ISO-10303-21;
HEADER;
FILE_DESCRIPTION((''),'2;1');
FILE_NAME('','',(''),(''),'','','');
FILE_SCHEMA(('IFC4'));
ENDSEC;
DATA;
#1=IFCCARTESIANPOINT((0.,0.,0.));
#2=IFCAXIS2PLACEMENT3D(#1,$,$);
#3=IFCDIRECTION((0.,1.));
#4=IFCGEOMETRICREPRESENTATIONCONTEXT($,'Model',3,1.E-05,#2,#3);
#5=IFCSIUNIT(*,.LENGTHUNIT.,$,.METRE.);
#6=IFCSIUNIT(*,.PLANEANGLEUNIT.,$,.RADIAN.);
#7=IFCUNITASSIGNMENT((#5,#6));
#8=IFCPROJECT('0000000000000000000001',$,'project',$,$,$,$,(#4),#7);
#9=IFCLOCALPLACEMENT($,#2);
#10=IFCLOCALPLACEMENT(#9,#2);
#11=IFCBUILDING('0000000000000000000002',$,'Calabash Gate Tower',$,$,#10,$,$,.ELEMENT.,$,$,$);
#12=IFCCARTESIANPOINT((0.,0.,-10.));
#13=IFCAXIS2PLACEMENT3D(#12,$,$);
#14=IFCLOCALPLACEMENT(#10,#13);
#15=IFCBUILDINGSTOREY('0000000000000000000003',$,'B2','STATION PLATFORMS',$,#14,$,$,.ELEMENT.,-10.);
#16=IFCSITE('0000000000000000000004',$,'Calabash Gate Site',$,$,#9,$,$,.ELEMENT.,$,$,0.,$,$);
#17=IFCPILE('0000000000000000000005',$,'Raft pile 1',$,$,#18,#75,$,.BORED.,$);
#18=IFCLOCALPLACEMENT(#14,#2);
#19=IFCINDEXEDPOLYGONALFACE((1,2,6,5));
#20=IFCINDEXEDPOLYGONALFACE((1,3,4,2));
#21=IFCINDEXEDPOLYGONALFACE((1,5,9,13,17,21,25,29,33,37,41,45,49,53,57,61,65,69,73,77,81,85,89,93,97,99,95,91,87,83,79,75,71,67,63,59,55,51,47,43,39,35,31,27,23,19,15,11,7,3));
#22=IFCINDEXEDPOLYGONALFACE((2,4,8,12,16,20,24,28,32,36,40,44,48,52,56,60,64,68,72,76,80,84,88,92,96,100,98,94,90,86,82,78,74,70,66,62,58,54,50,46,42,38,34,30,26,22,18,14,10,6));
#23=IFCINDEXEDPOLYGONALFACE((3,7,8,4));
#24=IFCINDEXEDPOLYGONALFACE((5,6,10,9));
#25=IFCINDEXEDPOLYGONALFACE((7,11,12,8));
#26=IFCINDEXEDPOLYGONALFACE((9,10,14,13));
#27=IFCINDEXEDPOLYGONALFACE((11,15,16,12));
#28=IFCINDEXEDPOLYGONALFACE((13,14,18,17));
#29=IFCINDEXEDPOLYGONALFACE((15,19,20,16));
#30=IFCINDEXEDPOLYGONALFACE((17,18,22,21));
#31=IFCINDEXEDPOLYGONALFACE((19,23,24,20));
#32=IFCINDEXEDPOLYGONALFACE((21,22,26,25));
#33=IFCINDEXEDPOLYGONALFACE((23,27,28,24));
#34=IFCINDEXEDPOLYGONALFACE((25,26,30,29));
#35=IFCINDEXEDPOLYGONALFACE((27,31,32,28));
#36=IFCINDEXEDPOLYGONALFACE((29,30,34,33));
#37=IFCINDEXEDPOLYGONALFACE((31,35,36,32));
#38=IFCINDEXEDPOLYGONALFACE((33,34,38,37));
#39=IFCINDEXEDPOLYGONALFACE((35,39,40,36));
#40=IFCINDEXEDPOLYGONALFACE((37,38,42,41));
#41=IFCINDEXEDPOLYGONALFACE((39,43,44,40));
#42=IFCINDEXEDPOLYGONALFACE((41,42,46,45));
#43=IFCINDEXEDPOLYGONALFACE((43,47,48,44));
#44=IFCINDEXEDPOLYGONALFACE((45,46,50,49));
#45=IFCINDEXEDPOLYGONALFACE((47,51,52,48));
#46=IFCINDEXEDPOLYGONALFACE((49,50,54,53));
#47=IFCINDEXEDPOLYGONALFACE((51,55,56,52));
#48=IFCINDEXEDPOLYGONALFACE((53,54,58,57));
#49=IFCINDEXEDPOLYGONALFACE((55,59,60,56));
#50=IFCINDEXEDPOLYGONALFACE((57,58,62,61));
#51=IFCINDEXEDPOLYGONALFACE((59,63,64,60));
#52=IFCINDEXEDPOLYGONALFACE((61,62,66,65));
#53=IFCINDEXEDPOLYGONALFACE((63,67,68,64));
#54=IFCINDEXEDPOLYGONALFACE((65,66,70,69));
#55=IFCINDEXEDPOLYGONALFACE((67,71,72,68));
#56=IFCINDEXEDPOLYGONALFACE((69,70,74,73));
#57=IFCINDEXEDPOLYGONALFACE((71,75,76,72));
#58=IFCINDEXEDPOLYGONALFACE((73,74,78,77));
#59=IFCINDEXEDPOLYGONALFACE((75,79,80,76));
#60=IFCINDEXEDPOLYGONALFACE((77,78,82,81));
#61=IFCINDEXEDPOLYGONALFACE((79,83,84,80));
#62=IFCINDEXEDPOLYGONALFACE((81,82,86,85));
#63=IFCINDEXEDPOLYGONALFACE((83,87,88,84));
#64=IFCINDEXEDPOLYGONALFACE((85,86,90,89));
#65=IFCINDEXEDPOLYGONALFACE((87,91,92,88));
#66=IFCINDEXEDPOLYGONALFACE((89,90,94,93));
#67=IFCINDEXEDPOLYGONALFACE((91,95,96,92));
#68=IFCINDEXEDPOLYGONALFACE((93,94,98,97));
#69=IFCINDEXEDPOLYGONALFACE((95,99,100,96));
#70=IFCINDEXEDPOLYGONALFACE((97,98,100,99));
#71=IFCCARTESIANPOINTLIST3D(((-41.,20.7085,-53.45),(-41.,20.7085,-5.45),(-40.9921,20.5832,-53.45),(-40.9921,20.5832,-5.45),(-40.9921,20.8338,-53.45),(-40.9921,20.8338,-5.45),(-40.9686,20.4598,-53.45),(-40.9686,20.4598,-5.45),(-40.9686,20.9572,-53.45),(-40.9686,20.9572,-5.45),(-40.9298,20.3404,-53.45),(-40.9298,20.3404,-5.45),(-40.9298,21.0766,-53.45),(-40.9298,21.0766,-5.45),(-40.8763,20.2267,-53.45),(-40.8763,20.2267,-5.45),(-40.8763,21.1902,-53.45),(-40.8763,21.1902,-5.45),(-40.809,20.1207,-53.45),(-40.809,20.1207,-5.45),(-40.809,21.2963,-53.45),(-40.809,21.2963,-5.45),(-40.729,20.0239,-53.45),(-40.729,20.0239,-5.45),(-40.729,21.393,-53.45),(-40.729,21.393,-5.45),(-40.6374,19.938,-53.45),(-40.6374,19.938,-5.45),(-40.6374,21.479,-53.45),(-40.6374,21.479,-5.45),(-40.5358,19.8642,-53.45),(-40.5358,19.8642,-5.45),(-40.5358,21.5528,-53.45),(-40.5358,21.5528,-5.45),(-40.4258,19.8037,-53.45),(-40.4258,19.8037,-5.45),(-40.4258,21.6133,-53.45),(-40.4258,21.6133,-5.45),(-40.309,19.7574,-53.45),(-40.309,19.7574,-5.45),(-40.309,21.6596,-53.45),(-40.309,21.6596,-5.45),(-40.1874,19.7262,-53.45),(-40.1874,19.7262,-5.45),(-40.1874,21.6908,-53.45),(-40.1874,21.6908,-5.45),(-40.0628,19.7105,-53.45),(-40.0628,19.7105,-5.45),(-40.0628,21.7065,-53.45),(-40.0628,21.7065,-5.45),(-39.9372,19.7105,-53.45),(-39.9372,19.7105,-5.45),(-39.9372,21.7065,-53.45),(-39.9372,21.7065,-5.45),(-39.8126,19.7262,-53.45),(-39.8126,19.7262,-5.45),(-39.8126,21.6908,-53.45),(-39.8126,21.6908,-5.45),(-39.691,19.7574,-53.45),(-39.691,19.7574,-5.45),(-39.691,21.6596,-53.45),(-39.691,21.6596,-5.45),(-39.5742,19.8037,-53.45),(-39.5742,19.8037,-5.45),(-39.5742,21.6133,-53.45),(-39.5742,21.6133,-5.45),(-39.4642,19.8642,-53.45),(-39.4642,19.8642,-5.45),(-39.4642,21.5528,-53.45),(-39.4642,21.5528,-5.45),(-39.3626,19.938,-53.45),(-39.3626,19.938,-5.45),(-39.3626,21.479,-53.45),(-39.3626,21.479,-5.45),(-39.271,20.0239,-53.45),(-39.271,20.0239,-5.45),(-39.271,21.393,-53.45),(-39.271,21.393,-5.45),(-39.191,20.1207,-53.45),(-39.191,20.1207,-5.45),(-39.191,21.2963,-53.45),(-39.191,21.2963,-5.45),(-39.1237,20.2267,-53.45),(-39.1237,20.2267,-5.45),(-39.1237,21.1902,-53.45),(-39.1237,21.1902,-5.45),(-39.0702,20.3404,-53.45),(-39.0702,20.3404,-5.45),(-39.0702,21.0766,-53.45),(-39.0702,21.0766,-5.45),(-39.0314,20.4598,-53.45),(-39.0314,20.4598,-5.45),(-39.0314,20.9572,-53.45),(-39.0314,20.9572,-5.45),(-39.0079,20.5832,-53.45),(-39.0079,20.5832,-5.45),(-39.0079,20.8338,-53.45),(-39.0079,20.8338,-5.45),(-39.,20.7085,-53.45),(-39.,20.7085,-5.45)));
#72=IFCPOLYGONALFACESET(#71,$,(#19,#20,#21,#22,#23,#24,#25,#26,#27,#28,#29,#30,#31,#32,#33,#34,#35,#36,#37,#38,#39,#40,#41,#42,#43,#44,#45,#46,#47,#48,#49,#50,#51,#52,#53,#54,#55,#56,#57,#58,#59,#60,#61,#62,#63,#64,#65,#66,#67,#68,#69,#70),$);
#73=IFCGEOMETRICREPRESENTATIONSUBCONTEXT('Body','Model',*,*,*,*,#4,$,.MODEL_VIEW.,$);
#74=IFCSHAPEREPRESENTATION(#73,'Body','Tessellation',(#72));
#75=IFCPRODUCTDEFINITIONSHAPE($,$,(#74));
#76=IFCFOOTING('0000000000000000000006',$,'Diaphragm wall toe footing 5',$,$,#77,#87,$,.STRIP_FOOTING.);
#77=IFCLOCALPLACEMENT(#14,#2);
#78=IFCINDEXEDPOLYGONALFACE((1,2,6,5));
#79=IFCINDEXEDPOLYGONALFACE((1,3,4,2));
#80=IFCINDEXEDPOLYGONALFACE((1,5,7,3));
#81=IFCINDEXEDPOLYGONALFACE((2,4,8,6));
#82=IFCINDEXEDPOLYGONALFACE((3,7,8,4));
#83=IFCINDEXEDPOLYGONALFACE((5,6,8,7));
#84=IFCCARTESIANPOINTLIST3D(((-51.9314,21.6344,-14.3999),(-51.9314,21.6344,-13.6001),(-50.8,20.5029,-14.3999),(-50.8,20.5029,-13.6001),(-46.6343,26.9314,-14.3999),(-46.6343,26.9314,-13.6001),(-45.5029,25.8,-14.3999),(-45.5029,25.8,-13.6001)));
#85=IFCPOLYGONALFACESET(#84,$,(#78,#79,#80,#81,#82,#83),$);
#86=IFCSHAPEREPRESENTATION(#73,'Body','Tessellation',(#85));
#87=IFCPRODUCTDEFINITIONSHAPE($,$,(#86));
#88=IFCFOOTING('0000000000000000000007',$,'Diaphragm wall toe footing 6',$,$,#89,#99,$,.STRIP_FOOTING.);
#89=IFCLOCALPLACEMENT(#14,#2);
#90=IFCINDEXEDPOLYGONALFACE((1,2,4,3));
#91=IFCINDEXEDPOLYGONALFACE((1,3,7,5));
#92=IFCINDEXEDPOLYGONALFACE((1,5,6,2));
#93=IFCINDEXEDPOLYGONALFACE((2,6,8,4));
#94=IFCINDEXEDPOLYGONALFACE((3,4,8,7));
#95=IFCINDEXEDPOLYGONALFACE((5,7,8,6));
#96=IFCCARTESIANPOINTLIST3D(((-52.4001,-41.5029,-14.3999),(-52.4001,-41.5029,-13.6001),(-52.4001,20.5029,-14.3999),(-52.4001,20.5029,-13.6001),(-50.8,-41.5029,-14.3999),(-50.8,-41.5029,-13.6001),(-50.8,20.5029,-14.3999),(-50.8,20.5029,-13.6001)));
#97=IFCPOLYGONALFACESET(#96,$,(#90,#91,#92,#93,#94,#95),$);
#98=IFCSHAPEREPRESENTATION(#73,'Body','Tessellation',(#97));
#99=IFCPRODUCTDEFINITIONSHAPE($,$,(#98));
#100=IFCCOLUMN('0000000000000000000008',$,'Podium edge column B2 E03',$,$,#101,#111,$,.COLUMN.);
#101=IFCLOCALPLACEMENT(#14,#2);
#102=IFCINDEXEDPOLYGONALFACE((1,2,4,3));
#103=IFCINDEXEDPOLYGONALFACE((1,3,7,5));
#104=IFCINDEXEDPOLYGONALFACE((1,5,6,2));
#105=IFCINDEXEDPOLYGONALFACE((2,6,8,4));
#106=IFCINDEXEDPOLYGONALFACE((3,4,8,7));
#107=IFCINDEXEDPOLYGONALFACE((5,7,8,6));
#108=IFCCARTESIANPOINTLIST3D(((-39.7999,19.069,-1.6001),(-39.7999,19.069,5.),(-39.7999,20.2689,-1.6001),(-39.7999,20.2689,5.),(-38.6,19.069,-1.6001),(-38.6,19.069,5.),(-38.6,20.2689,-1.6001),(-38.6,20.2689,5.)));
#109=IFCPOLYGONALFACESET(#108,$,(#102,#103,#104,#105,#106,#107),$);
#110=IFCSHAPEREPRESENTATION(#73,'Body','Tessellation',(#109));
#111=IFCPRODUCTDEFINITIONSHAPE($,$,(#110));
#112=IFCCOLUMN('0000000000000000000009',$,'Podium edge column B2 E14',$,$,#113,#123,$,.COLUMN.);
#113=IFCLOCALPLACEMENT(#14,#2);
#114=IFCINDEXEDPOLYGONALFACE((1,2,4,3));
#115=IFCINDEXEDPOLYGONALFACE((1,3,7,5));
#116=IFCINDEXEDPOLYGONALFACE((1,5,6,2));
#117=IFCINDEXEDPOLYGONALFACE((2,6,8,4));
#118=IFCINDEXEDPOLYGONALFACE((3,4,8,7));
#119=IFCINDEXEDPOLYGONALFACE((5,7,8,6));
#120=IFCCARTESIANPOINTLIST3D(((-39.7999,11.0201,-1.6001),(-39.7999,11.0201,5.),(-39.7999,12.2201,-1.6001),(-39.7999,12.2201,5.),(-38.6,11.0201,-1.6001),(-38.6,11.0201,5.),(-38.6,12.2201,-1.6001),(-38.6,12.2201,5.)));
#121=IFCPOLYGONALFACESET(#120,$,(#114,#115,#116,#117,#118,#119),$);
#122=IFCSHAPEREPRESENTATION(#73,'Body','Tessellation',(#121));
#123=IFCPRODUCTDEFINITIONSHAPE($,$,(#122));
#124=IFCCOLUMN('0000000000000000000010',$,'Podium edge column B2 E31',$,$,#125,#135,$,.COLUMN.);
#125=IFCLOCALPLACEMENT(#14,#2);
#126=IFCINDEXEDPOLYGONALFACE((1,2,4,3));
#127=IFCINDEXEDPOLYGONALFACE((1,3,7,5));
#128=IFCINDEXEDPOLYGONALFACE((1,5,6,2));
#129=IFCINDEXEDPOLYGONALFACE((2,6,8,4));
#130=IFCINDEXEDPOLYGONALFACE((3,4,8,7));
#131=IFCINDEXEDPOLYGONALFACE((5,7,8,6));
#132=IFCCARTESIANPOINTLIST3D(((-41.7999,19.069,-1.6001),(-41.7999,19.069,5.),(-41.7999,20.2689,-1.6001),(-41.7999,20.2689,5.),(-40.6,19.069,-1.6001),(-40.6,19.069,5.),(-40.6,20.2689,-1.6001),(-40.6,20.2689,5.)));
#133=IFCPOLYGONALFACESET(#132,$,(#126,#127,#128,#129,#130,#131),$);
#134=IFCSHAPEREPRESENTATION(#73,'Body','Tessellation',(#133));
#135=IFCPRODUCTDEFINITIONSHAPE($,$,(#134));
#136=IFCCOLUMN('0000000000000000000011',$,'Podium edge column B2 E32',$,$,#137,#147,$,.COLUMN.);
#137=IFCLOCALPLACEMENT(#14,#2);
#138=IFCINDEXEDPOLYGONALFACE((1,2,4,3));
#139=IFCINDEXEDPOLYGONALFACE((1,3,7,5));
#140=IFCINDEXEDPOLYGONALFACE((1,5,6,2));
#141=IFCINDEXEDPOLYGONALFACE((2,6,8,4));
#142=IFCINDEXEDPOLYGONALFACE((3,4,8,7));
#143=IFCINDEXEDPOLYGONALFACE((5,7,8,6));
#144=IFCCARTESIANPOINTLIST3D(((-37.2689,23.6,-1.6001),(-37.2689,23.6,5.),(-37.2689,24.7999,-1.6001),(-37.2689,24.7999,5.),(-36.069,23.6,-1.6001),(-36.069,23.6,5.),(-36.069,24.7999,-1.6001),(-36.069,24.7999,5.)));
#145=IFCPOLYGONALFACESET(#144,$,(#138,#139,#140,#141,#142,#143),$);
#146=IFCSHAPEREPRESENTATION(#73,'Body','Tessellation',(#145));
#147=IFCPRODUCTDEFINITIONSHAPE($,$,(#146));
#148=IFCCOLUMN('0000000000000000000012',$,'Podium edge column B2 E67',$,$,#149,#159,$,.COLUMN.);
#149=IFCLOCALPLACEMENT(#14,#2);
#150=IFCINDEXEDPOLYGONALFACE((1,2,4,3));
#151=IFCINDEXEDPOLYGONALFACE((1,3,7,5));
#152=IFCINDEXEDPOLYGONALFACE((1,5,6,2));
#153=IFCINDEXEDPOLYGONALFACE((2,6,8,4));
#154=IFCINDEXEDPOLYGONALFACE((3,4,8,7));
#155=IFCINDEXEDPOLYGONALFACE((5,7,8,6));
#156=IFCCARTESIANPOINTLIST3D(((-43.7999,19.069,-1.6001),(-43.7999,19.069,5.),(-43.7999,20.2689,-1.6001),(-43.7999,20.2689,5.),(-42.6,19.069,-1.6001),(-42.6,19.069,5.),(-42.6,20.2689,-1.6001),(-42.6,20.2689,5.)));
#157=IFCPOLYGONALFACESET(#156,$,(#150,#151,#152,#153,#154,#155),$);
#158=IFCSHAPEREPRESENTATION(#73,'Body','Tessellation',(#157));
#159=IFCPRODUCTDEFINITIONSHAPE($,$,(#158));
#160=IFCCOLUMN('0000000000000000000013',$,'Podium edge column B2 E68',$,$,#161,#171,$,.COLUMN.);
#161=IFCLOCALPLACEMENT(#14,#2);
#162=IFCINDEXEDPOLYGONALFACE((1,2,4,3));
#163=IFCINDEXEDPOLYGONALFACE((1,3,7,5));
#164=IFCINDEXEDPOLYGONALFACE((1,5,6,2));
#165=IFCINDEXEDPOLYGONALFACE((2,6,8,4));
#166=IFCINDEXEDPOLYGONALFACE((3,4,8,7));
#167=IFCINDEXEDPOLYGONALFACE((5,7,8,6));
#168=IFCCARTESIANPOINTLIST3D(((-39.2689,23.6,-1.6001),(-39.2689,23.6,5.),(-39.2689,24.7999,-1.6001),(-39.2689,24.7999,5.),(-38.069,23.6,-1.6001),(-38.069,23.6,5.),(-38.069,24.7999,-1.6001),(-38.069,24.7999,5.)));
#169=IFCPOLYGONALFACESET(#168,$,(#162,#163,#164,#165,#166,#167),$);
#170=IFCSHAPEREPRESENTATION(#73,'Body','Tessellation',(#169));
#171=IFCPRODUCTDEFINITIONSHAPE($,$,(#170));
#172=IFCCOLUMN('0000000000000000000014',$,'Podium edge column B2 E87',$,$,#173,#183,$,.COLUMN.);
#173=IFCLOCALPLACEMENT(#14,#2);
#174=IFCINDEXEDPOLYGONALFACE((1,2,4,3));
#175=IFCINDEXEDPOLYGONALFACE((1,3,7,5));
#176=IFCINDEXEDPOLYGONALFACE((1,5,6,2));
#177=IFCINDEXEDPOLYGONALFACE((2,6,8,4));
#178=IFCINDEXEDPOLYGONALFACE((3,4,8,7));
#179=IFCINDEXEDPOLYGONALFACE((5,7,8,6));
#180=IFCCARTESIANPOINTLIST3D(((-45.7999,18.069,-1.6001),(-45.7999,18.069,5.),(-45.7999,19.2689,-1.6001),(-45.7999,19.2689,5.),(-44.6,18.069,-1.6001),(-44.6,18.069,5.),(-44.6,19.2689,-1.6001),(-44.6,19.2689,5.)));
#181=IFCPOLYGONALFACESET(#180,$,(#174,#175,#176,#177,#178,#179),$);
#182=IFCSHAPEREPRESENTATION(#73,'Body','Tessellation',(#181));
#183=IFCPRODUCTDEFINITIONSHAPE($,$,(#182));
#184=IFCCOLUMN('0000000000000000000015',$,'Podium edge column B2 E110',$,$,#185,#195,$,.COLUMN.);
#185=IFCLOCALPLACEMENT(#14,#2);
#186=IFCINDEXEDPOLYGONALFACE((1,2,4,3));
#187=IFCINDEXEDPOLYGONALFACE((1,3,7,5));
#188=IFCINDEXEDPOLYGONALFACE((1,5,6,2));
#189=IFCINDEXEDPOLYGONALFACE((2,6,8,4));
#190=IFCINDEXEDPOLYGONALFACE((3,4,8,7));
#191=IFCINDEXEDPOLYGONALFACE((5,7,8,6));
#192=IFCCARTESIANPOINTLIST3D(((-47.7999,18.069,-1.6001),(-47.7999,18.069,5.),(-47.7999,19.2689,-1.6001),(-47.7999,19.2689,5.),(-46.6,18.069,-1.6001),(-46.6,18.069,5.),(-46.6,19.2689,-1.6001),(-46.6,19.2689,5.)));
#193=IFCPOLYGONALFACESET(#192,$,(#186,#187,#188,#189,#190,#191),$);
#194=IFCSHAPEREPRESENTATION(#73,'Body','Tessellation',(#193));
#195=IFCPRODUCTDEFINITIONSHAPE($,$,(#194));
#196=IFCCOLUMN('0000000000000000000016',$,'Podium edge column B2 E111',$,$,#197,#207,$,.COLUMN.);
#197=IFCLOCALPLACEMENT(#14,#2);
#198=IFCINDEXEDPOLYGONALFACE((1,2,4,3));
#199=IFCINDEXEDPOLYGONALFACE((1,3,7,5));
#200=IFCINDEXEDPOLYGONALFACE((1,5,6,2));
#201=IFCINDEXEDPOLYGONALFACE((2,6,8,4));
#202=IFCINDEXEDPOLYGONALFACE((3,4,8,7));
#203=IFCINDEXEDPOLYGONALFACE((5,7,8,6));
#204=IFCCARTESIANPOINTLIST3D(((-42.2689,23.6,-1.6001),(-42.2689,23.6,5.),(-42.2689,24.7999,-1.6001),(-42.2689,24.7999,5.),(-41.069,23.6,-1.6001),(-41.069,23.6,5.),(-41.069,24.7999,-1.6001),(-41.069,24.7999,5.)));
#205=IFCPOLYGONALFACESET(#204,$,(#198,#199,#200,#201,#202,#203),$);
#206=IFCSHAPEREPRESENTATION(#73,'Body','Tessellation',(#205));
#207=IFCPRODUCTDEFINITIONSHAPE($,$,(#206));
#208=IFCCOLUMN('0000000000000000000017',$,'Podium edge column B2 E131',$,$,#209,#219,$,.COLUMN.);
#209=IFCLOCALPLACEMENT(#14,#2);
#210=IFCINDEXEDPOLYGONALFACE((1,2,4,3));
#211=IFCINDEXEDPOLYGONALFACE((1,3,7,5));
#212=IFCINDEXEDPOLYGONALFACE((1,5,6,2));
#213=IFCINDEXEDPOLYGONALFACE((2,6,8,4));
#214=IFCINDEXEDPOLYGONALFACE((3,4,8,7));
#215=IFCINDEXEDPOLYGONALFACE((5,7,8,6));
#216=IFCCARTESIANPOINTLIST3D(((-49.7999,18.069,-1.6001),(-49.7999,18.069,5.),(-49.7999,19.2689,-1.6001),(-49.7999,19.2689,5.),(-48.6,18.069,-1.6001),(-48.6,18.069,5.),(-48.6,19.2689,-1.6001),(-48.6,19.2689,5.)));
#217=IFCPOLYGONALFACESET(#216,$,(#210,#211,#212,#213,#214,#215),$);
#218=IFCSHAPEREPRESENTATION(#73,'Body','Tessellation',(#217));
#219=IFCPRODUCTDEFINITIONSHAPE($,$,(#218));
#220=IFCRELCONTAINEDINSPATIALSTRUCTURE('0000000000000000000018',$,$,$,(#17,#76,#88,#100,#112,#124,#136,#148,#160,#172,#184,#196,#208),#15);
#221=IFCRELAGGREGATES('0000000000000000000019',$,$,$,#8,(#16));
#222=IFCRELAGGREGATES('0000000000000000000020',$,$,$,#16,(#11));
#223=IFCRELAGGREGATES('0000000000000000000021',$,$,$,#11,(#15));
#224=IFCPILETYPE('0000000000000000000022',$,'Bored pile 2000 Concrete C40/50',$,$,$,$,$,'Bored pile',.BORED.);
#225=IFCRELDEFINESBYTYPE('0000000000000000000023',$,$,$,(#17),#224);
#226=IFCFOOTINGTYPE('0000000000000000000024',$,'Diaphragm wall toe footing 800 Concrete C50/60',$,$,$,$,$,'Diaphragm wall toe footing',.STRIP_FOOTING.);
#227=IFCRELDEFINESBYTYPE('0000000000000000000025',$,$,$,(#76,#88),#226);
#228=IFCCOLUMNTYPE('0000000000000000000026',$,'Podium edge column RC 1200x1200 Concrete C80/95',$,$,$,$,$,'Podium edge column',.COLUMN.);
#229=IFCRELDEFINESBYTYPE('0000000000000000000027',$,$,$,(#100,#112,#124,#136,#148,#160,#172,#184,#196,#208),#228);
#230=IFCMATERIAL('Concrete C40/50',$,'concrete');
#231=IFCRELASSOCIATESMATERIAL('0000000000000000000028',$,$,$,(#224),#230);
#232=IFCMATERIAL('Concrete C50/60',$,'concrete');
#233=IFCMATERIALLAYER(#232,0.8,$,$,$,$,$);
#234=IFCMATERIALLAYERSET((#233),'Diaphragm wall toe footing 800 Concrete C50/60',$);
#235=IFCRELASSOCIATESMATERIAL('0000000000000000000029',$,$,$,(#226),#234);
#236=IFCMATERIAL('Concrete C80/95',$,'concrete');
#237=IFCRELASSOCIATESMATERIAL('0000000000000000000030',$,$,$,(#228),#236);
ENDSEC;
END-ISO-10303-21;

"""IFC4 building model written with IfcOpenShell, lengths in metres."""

from ifc_helpers import new_model, si_unit, direction, frame, frame_2d, origin, origin_2d, place, context, subcontext, project, spatial, rectangle, circle, extrude, material, layer, layer_set, material_profile, profile_set, type_object, element, save


model = new_model("IFC4")

# Units and contexts
model_context = context("Model", 3, precision=1e-05, world=origin(), true_north=direction((0.0, 1.0)))
body_context = subcontext(model_context, "Body", "Model", "MODEL_VIEW")
ifc_project = project(units=[si_unit("LENGTHUNIT", "METRE"), si_unit("PLANEANGLEUNIT", "RADIAN")], contexts=[model_context])

# Site, building, storey
site_placement = place(None, origin())
site = spatial("IfcSite", under=ifc_project, at=site_placement, Name="Calabash Gate Site", CompositionType="ELEMENT", RefElevation=0.0)
building_placement = place(site_placement, origin())
building = spatial("IfcBuilding", under=site, at=building_placement, Name="Calabash Gate Tower", CompositionType="ELEMENT")
storey_placement = place(building_placement, frame((0.0, 0.0, -10.0)))
storey = spatial("IfcBuildingStorey", under=building, at=storey_placement, Name="B2", Description="STATION PLATFORMS", CompositionType="ELEMENT", Elevation=-10.0)

# Pile
ifc_material_1 = material(Name="Concrete C40/50", Category="concrete")
ifc_material_profile_1 = material_profile(ifc_material_1, circle(Radius=1.0, at=origin_2d()))
ifc_profile_set_1 = profile_set([ifc_material_profile_1], Name="Concrete C40/50")
pile_type = type_object("IfcPileType", Name="Bored pile 2000 Concrete C40/50", ElementType="Bored pile", PredefinedType="BORED", material=ifc_profile_set_1)
pile_placement = place(storey_placement, frame((-40.0, 20.7085, -5.45), z_axis=(0.0, 0.0, -1.0), x_axis=(1.0, 0.0, 0.0)))
element("IfcPile", 1, at=pile_placement, inside=storey, type_object=pile_type, Name="Raft pile 1", PredefinedType="BORED", context=body_context, shape_type="SweptSolid", body=[
    extrude(circle(Radius=1.0, at=origin_2d()), origin(), (0.0, 0.0, 1.0), 48.0),
])

# Footings
ifc_material_2 = material(Name="Concrete C50/60", Category="concrete")
ifc_layer_1 = layer(ifc_material_2, 0.8)
ifc_layer_set_1 = layer_set([ifc_layer_1], Name="Diaphragm wall toe footing 800 Concrete C50/60")
footing_type = type_object("IfcFootingType", Name="Diaphragm wall toe footing 800 Concrete C50/60", ElementType="Diaphragm wall toe footing", PredefinedType="STRIP_FOOTING", material=ifc_layer_set_1)
footing_1_placement = place(storey_placement, frame((-46.0686, 26.3657, -14.3999), z_axis=(0.0, 0.0, 1.0), x_axis=(-0.707107, -0.707107, 0.0)))
element("IfcFooting", 2, at=footing_1_placement, inside=storey, type_object=footing_type, Name="Diaphragm wall toe footing 5", PredefinedType="STRIP_FOOTING", context=body_context, shape_type="SweptSolid", body=[
    extrude(rectangle(XDim=7.4912, YDim=1.6001, at=frame_2d((3.7456, 0.0))), origin(), (0.0, 0.0, 1.0), 0.7998),
])
footing_2_placement = place(storey_placement, frame((-51.6001, 20.5029, -14.3999), z_axis=(0.0, 0.0, 1.0), x_axis=(0.0, -1.0, 0.0)))
element("IfcFooting", 3, at=footing_2_placement, inside=storey, type_object=footing_type, Name="Diaphragm wall toe footing 6", PredefinedType="STRIP_FOOTING", context=body_context, shape_type="SweptSolid", body=[
    extrude(rectangle(XDim=62.0059, YDim=1.6001, at=frame_2d((31.0029, 0.0))), origin(), (0.0, 0.0, 1.0), 0.7998),
])

# Columns
ifc_material_3 = material(Name="Concrete C80/95", Category="concrete")
ifc_material_profile_2 = material_profile(ifc_material_3, rectangle(XDim=1.2, YDim=1.2, at=origin_2d()))
ifc_profile_set_2 = profile_set([ifc_material_profile_2], Name="Concrete C80/95")
column_type = type_object("IfcColumnType", Name="Podium edge column RC 1200x1200 Concrete C80/95", ElementType="Podium edge column", PredefinedType="COLUMN", material=ifc_profile_set_2)
for number, where, z_axis, x_axis, name in (
    (4, (-39.2, 19.6689, -1.6001), (0.0, 0.0, 1.0), (1.0, 0.0, 0.0), "Podium edge column B2 E03"),
    (5, (-39.2, 11.6201, -1.6001), (0.0, 0.0, 1.0), (1.0, 0.0, 0.0), "Podium edge column B2 E14"),
    (6, (-41.2, 19.6689, -1.6001), (0.0, 0.0, 1.0), (1.0, 0.0, 0.0), "Podium edge column B2 E31"),
    (7, (-36.6689, 24.2, -1.6001), (0.0, 0.0, 1.0), (1.0, 0.0, 0.0), "Podium edge column B2 E32"),
    (8, (-43.2, 19.6689, -1.6001), (0.0, 0.0, 1.0), (1.0, 0.0, 0.0), "Podium edge column B2 E67"),
    (9, (-38.6689, 24.2, -1.6001), (0.0, 0.0, 1.0), (1.0, 0.0, 0.0), "Podium edge column B2 E68"),
    (10, (-45.2, 18.6689, -1.6001), (0.0, 0.0, 1.0), (1.0, 0.0, 0.0), "Podium edge column B2 E87"),
    (11, (-47.2, 18.6689, -1.6001), (0.0, 0.0, 1.0), (1.0, 0.0, 0.0), "Podium edge column B2 E110"),
    (12, (-41.6689, 24.2, -1.6001), (0.0, 0.0, 1.0), (1.0, 0.0, 0.0), "Podium edge column B2 E111"),
    (13, (-49.2, 18.6689, -1.6001), (0.0, 0.0, 1.0), (1.0, 0.0, 0.0), "Podium edge column B2 E131"),
):
    element("IfcColumn", number, at=place(storey_placement, frame(where, z_axis=z_axis, x_axis=x_axis)), inside=storey, type_object=column_type, Name=name, PredefinedType="COLUMN", context=body_context, shape_type="SweptSolid", body=[
        extrude(rectangle(XDim=1.2, YDim=1.2, at=origin_2d()), origin(), (0.0, 0.0, 1.0), 6.6001),
    ])

save(model, "model.ifc")
